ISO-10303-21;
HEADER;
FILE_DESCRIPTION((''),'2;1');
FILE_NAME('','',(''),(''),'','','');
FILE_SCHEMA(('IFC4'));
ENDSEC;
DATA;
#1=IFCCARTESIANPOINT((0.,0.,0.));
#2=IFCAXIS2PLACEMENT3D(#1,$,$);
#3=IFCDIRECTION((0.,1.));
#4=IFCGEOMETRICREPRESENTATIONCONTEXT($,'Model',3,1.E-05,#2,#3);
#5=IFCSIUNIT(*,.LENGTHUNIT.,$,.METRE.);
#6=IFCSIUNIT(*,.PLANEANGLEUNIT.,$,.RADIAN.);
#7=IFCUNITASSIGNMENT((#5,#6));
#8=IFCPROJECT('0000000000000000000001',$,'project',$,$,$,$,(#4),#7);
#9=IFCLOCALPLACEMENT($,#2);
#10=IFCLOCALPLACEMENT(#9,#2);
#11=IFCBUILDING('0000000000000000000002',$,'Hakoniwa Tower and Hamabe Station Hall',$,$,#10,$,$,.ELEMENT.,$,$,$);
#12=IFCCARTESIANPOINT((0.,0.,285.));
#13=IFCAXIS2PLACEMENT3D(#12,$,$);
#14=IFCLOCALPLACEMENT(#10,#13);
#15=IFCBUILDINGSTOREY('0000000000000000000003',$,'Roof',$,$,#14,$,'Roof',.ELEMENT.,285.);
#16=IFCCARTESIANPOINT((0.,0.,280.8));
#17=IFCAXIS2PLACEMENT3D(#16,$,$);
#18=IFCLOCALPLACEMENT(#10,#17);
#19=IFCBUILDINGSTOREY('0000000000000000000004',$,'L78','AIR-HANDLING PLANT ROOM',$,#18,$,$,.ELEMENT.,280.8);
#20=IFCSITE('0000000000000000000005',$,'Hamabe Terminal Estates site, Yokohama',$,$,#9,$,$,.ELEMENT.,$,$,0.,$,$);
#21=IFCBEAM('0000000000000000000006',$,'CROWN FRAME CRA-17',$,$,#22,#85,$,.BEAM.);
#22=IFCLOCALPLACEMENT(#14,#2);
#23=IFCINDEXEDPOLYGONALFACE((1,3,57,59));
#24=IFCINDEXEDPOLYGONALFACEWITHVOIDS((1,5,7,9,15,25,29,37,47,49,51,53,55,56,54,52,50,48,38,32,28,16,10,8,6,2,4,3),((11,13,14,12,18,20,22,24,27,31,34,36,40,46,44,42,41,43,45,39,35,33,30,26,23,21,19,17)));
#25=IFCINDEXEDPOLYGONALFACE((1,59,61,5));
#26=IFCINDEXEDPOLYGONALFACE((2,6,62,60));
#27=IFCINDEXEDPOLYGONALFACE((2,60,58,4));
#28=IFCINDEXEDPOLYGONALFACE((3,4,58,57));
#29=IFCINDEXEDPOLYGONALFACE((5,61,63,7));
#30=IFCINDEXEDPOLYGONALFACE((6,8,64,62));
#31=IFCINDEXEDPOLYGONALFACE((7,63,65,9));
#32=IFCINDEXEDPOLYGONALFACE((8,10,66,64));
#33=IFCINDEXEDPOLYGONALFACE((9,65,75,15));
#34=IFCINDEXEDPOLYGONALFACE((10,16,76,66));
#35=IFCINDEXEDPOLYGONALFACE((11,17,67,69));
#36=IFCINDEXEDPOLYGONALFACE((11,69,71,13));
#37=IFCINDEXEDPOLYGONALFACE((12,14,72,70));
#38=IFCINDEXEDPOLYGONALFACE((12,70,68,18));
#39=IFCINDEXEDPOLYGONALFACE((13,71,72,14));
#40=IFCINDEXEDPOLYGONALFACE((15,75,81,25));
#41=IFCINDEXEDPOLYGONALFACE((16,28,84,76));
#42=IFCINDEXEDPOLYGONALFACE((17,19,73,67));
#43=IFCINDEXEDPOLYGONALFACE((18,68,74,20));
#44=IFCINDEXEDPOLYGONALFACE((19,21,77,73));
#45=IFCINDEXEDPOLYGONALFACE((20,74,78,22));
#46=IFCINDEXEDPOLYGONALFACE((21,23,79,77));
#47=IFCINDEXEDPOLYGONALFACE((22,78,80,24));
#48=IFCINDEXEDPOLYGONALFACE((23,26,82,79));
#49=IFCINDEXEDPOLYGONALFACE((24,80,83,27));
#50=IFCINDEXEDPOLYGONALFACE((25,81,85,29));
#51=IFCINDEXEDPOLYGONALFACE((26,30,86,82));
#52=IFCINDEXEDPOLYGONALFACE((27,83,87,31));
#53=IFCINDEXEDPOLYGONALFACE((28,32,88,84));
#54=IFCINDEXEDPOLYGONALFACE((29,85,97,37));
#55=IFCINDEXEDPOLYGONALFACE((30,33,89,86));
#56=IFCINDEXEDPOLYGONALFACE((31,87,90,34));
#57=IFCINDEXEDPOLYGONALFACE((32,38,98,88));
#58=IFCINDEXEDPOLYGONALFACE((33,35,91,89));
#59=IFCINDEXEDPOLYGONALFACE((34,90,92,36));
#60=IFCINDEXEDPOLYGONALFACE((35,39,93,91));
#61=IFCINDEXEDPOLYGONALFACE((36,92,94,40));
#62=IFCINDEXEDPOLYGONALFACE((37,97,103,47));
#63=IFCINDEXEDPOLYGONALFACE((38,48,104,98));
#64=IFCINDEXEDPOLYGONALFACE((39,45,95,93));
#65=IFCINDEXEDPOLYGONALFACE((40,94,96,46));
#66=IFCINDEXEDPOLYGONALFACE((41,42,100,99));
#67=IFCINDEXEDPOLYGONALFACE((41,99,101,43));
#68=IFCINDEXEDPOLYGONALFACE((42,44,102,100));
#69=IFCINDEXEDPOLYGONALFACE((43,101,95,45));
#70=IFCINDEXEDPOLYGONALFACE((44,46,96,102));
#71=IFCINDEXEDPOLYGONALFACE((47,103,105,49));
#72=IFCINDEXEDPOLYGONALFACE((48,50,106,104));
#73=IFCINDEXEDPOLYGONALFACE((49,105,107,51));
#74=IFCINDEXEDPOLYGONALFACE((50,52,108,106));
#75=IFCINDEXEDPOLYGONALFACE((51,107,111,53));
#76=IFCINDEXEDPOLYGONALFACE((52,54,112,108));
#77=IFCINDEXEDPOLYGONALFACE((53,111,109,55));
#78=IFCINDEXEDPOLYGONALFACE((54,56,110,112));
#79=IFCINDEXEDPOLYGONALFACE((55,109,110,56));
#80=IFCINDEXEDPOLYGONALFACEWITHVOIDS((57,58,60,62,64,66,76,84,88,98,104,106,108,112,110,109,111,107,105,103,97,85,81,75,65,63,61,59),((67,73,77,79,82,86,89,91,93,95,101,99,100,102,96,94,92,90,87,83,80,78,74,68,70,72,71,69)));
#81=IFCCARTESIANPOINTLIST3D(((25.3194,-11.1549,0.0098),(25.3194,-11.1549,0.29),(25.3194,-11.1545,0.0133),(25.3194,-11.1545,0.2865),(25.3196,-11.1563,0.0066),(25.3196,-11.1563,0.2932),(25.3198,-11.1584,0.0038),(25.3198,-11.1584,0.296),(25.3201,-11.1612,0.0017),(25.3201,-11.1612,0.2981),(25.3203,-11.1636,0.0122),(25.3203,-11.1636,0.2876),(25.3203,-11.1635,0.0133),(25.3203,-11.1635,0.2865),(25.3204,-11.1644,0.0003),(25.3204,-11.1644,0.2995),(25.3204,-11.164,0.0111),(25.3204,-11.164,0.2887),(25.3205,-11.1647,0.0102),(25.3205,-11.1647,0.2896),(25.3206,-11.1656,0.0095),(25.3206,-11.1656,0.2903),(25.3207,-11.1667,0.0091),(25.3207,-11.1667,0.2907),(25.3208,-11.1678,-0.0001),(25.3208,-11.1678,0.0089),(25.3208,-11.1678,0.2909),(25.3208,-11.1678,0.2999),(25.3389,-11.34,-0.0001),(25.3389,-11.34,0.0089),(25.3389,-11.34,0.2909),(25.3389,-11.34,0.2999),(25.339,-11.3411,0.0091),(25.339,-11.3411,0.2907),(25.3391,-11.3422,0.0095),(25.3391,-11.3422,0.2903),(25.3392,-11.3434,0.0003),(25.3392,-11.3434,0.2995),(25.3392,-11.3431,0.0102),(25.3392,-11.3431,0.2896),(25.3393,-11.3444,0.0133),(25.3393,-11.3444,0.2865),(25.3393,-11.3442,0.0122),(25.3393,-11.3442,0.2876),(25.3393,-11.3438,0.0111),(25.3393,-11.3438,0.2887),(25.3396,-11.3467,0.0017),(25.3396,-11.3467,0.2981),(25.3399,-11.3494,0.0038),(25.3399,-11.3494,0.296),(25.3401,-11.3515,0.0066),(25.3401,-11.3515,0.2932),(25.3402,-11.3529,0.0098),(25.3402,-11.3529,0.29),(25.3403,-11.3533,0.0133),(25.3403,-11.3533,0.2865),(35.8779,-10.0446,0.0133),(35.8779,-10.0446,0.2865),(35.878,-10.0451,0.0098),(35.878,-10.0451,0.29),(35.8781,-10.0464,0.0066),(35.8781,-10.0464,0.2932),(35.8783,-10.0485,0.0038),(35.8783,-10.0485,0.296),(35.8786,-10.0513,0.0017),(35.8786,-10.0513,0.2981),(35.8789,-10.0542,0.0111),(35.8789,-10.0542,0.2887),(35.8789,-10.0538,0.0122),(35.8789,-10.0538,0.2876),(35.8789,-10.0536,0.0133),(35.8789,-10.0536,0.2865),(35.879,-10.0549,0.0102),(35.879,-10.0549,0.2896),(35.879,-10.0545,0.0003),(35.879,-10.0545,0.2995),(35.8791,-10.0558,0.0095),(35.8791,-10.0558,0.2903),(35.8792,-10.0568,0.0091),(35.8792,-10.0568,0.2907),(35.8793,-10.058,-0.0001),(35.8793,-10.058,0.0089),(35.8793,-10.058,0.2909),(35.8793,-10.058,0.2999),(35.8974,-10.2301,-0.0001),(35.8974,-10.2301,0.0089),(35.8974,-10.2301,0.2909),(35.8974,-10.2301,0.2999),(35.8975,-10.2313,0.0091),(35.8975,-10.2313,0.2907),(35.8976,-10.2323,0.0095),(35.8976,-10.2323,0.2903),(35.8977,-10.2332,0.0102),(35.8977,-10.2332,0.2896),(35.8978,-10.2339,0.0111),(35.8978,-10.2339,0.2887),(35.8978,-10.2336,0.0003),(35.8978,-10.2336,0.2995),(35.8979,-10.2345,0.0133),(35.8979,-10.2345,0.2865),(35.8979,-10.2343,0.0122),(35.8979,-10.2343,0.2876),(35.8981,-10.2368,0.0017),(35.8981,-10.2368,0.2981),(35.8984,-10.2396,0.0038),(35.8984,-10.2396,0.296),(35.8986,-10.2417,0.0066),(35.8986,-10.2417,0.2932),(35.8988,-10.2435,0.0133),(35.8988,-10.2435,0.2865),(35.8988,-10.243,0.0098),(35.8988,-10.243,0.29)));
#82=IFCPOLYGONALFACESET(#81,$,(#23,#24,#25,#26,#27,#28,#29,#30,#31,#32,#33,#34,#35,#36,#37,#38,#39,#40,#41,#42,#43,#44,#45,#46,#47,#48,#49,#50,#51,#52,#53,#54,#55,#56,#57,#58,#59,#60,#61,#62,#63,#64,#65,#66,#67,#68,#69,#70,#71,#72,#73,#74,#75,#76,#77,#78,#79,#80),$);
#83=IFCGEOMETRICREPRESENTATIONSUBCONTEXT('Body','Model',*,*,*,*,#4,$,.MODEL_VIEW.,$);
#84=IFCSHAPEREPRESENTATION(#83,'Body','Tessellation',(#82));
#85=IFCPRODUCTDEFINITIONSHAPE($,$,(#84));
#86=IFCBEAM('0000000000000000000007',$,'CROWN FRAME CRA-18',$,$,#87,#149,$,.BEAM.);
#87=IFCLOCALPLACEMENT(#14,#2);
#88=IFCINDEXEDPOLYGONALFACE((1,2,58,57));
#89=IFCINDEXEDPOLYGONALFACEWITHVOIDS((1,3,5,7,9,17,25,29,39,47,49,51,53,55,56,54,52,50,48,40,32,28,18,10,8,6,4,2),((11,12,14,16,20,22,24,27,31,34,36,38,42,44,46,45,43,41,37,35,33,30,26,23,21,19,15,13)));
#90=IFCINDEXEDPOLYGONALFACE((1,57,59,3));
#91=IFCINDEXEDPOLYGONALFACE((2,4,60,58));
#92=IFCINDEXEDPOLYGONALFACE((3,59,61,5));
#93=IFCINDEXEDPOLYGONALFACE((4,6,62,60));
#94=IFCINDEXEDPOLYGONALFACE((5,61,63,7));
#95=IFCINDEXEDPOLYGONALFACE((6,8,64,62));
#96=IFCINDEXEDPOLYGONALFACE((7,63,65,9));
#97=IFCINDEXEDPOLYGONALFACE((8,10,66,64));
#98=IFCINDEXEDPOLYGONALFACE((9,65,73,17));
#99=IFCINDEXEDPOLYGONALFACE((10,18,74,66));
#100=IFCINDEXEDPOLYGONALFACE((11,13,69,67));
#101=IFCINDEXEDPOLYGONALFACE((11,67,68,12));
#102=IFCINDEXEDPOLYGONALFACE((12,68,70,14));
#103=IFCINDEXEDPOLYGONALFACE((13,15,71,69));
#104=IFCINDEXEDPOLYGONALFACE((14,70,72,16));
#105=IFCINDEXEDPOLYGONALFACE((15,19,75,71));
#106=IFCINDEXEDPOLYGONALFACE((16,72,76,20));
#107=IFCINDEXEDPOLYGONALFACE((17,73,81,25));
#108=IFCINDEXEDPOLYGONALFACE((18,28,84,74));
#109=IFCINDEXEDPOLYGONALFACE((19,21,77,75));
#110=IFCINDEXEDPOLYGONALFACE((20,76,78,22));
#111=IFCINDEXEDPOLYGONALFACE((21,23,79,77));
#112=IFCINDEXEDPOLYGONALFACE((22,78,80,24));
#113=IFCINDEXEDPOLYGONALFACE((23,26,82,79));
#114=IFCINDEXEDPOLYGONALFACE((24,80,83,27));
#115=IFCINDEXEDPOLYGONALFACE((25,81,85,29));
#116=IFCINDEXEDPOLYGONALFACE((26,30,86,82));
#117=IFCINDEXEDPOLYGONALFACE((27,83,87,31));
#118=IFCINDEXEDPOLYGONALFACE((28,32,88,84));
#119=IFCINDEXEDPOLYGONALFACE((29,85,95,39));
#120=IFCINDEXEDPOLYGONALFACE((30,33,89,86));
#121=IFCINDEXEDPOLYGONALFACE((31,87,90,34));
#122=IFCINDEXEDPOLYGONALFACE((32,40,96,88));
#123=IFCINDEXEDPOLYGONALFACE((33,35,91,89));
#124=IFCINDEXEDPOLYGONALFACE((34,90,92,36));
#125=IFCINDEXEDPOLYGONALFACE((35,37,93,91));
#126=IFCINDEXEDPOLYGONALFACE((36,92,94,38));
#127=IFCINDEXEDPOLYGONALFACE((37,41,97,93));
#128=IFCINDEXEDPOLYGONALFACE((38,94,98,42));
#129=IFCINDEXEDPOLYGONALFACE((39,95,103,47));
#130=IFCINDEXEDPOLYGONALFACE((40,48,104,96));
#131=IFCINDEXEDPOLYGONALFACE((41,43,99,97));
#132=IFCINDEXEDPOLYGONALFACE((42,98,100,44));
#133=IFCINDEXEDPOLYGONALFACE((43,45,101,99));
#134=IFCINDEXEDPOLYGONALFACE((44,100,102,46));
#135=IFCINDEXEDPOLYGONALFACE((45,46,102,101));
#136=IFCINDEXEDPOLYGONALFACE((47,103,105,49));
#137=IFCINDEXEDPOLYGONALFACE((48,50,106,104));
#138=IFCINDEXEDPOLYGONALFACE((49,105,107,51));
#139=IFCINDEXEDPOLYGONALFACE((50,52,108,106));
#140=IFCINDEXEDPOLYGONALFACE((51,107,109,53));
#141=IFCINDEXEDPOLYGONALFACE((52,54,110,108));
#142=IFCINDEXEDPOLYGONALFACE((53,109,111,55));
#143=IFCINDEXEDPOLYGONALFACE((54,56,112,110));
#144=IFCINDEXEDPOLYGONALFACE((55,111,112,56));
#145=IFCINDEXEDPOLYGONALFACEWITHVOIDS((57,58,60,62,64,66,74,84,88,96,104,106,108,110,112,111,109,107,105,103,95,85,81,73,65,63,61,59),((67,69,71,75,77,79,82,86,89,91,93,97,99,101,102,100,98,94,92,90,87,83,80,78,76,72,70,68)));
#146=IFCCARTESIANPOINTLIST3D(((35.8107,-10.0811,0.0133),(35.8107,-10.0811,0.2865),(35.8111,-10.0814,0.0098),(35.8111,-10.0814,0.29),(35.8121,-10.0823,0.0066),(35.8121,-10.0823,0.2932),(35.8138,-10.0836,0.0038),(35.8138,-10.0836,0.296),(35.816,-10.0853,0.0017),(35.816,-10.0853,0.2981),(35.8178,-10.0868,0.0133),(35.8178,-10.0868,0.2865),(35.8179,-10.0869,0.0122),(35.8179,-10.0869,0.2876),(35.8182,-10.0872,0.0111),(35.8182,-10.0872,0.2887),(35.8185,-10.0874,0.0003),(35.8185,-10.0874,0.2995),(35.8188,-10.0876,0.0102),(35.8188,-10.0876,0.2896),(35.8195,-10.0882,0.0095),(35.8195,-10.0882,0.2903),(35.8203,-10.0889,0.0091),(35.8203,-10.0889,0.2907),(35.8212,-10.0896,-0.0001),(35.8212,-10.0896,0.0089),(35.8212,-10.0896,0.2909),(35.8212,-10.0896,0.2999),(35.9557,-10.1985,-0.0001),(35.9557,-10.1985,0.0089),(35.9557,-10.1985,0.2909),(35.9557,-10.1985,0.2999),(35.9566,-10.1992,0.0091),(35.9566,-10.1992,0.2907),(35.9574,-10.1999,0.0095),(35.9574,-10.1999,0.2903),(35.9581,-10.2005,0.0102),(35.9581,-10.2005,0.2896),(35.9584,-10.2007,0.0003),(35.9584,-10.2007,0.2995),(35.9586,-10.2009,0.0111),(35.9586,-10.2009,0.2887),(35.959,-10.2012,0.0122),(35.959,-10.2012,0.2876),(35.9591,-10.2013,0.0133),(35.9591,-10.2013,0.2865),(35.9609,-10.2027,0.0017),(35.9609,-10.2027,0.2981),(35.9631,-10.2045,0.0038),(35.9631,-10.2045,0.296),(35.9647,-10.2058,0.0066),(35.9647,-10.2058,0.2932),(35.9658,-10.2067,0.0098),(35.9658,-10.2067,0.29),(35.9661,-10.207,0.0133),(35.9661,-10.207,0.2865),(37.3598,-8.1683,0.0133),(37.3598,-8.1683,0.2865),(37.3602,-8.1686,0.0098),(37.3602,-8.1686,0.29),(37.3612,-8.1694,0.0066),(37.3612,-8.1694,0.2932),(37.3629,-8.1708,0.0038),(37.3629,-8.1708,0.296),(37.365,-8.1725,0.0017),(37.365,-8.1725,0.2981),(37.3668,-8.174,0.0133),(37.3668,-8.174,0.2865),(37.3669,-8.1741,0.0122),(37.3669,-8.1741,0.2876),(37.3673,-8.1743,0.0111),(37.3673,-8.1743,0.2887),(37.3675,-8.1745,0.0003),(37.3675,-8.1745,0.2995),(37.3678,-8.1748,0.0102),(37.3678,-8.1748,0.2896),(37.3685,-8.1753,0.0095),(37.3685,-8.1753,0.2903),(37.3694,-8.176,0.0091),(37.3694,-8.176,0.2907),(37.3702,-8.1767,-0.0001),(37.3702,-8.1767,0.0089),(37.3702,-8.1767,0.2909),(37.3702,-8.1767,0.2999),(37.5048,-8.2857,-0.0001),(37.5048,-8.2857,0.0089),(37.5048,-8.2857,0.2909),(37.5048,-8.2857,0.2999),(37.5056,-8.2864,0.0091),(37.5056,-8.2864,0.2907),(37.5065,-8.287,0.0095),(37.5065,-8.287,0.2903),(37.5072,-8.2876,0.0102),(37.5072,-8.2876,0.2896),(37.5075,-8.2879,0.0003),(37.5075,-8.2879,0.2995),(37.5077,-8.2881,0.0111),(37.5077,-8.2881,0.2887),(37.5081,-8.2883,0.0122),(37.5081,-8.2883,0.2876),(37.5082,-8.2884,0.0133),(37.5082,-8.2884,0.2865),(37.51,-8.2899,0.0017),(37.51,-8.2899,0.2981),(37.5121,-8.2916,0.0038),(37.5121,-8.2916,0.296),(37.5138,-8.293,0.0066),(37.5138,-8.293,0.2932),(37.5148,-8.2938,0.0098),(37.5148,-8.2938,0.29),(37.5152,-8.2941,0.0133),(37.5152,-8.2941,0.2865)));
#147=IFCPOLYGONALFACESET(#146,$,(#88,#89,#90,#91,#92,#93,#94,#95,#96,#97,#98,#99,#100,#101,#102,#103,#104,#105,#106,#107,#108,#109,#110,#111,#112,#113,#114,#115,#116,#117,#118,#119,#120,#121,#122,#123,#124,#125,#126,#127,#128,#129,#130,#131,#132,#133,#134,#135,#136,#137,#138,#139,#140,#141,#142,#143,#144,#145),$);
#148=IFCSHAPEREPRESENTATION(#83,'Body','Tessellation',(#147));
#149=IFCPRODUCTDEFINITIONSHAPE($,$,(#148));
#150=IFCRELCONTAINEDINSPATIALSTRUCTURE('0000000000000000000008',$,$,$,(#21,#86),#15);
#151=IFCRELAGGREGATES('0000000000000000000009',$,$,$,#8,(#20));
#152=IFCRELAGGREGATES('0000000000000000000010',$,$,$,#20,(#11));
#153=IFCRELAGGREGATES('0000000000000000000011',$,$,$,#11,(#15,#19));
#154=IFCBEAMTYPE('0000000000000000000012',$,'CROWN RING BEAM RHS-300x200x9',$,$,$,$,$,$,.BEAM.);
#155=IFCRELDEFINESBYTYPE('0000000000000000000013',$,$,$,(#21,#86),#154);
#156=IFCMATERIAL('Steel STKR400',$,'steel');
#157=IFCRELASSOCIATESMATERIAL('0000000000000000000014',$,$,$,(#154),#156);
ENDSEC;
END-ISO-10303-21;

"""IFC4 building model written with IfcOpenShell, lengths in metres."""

from ifc_helpers import new_model, si_unit, direction, frame, origin, origin_2d, place, context, subcontext, project, spatial, hollow_rectangle, extrude, material, material_profile, profile_set, type_object, element, save


model = new_model("IFC4")

# Units and contexts
model_context = context("Model", 3, precision=1e-05, world=origin(), true_north=direction((0.0, 1.0)))
body_context = subcontext(model_context, "Body", "Model", "MODEL_VIEW")
ifc_project = project(units=[si_unit("LENGTHUNIT", "METRE"), si_unit("PLANEANGLEUNIT", "RADIAN")], contexts=[model_context])

# Site, building, storey
site_placement = place(None, origin())
site = spatial("IfcSite", under=ifc_project, at=site_placement, Name="Hamabe Terminal Estates site, Yokohama", CompositionType="ELEMENT", RefElevation=0.0)
building_placement = place(site_placement, origin())
building = spatial("IfcBuilding", under=site, at=building_placement, Name="Hakoniwa Tower and Hamabe Station Hall", CompositionType="ELEMENT")
storey_1_placement = place(building_placement, frame((0.0, 0.0, 285.0)))
storey_1 = spatial("IfcBuildingStorey", under=building, at=storey_1_placement, Name="Roof", LongName="Roof", CompositionType="ELEMENT", Elevation=285.0)

# Beams
ifc_material_1 = material(Name="Steel STKR400", Category="steel")
ifc_material_profile_1 = material_profile(ifc_material_1, hollow_rectangle(XDim=0.2, YDim=0.3, WallThickness=0.009, InnerFilletRadius=0.0044, OuterFilletRadius=0.0134, at=origin_2d()), Name="RHS-300x200x9")
ifc_profile_set_1 = profile_set([ifc_material_profile_1], Name="Steel STKR400")
beam_type = type_object("IfcBeamType", Name="CROWN RING BEAM RHS-300x200x9", PredefinedType="BEAM", material=ifc_profile_set_1)
beam_1_placement = place(storey_1_placement, frame((25.3298, -11.2539, 0.1499), z_axis=(0.994521, 0.104539, 0.0), x_axis=(-0.104539, 0.994521, 0.0)))
element("IfcBeam", 1, at=beam_1_placement, inside=storey_1, type_object=beam_type, Name="CROWN FRAME CRA-17", PredefinedType="BEAM", context=body_context, shape_type="SweptSolid", body=[
    extrude(hollow_rectangle(XDim=0.2, YDim=0.3, WallThickness=0.009, InnerFilletRadius=0.0044, OuterFilletRadius=0.0134, at=origin_2d()), origin(), (0.0, 0.0, 1.0), 10.6167),
])
beam_2_placement = place(storey_1_placement, frame((35.8884, -10.144, 0.1499), z_axis=(0.629341, 0.777129, 0.0), x_axis=(-0.777129, 0.629341, 0.0)))
element("IfcBeam", 2, at=beam_2_placement, inside=storey_1, type_object=beam_type, Name="CROWN FRAME CRA-18", PredefinedType="BEAM", context=body_context, shape_type="SweptSolid", body=[
    extrude(hollow_rectangle(XDim=0.2, YDim=0.3, WallThickness=0.009, InnerFilletRadius=0.0044, OuterFilletRadius=0.0134, at=origin_2d()), origin(), (0.0, 0.0, 1.0), 2.4614),
])

# Shared definitions
storey_2_placement = place(building_placement, frame((0.0, 0.0, 280.8)))
storey_2 = spatial("IfcBuildingStorey", under=building, at=storey_2_placement, Name="L78", Description="AIR-HANDLING PLANT ROOM", CompositionType="ELEMENT", Elevation=280.8)

save(model, "model.ifc")
